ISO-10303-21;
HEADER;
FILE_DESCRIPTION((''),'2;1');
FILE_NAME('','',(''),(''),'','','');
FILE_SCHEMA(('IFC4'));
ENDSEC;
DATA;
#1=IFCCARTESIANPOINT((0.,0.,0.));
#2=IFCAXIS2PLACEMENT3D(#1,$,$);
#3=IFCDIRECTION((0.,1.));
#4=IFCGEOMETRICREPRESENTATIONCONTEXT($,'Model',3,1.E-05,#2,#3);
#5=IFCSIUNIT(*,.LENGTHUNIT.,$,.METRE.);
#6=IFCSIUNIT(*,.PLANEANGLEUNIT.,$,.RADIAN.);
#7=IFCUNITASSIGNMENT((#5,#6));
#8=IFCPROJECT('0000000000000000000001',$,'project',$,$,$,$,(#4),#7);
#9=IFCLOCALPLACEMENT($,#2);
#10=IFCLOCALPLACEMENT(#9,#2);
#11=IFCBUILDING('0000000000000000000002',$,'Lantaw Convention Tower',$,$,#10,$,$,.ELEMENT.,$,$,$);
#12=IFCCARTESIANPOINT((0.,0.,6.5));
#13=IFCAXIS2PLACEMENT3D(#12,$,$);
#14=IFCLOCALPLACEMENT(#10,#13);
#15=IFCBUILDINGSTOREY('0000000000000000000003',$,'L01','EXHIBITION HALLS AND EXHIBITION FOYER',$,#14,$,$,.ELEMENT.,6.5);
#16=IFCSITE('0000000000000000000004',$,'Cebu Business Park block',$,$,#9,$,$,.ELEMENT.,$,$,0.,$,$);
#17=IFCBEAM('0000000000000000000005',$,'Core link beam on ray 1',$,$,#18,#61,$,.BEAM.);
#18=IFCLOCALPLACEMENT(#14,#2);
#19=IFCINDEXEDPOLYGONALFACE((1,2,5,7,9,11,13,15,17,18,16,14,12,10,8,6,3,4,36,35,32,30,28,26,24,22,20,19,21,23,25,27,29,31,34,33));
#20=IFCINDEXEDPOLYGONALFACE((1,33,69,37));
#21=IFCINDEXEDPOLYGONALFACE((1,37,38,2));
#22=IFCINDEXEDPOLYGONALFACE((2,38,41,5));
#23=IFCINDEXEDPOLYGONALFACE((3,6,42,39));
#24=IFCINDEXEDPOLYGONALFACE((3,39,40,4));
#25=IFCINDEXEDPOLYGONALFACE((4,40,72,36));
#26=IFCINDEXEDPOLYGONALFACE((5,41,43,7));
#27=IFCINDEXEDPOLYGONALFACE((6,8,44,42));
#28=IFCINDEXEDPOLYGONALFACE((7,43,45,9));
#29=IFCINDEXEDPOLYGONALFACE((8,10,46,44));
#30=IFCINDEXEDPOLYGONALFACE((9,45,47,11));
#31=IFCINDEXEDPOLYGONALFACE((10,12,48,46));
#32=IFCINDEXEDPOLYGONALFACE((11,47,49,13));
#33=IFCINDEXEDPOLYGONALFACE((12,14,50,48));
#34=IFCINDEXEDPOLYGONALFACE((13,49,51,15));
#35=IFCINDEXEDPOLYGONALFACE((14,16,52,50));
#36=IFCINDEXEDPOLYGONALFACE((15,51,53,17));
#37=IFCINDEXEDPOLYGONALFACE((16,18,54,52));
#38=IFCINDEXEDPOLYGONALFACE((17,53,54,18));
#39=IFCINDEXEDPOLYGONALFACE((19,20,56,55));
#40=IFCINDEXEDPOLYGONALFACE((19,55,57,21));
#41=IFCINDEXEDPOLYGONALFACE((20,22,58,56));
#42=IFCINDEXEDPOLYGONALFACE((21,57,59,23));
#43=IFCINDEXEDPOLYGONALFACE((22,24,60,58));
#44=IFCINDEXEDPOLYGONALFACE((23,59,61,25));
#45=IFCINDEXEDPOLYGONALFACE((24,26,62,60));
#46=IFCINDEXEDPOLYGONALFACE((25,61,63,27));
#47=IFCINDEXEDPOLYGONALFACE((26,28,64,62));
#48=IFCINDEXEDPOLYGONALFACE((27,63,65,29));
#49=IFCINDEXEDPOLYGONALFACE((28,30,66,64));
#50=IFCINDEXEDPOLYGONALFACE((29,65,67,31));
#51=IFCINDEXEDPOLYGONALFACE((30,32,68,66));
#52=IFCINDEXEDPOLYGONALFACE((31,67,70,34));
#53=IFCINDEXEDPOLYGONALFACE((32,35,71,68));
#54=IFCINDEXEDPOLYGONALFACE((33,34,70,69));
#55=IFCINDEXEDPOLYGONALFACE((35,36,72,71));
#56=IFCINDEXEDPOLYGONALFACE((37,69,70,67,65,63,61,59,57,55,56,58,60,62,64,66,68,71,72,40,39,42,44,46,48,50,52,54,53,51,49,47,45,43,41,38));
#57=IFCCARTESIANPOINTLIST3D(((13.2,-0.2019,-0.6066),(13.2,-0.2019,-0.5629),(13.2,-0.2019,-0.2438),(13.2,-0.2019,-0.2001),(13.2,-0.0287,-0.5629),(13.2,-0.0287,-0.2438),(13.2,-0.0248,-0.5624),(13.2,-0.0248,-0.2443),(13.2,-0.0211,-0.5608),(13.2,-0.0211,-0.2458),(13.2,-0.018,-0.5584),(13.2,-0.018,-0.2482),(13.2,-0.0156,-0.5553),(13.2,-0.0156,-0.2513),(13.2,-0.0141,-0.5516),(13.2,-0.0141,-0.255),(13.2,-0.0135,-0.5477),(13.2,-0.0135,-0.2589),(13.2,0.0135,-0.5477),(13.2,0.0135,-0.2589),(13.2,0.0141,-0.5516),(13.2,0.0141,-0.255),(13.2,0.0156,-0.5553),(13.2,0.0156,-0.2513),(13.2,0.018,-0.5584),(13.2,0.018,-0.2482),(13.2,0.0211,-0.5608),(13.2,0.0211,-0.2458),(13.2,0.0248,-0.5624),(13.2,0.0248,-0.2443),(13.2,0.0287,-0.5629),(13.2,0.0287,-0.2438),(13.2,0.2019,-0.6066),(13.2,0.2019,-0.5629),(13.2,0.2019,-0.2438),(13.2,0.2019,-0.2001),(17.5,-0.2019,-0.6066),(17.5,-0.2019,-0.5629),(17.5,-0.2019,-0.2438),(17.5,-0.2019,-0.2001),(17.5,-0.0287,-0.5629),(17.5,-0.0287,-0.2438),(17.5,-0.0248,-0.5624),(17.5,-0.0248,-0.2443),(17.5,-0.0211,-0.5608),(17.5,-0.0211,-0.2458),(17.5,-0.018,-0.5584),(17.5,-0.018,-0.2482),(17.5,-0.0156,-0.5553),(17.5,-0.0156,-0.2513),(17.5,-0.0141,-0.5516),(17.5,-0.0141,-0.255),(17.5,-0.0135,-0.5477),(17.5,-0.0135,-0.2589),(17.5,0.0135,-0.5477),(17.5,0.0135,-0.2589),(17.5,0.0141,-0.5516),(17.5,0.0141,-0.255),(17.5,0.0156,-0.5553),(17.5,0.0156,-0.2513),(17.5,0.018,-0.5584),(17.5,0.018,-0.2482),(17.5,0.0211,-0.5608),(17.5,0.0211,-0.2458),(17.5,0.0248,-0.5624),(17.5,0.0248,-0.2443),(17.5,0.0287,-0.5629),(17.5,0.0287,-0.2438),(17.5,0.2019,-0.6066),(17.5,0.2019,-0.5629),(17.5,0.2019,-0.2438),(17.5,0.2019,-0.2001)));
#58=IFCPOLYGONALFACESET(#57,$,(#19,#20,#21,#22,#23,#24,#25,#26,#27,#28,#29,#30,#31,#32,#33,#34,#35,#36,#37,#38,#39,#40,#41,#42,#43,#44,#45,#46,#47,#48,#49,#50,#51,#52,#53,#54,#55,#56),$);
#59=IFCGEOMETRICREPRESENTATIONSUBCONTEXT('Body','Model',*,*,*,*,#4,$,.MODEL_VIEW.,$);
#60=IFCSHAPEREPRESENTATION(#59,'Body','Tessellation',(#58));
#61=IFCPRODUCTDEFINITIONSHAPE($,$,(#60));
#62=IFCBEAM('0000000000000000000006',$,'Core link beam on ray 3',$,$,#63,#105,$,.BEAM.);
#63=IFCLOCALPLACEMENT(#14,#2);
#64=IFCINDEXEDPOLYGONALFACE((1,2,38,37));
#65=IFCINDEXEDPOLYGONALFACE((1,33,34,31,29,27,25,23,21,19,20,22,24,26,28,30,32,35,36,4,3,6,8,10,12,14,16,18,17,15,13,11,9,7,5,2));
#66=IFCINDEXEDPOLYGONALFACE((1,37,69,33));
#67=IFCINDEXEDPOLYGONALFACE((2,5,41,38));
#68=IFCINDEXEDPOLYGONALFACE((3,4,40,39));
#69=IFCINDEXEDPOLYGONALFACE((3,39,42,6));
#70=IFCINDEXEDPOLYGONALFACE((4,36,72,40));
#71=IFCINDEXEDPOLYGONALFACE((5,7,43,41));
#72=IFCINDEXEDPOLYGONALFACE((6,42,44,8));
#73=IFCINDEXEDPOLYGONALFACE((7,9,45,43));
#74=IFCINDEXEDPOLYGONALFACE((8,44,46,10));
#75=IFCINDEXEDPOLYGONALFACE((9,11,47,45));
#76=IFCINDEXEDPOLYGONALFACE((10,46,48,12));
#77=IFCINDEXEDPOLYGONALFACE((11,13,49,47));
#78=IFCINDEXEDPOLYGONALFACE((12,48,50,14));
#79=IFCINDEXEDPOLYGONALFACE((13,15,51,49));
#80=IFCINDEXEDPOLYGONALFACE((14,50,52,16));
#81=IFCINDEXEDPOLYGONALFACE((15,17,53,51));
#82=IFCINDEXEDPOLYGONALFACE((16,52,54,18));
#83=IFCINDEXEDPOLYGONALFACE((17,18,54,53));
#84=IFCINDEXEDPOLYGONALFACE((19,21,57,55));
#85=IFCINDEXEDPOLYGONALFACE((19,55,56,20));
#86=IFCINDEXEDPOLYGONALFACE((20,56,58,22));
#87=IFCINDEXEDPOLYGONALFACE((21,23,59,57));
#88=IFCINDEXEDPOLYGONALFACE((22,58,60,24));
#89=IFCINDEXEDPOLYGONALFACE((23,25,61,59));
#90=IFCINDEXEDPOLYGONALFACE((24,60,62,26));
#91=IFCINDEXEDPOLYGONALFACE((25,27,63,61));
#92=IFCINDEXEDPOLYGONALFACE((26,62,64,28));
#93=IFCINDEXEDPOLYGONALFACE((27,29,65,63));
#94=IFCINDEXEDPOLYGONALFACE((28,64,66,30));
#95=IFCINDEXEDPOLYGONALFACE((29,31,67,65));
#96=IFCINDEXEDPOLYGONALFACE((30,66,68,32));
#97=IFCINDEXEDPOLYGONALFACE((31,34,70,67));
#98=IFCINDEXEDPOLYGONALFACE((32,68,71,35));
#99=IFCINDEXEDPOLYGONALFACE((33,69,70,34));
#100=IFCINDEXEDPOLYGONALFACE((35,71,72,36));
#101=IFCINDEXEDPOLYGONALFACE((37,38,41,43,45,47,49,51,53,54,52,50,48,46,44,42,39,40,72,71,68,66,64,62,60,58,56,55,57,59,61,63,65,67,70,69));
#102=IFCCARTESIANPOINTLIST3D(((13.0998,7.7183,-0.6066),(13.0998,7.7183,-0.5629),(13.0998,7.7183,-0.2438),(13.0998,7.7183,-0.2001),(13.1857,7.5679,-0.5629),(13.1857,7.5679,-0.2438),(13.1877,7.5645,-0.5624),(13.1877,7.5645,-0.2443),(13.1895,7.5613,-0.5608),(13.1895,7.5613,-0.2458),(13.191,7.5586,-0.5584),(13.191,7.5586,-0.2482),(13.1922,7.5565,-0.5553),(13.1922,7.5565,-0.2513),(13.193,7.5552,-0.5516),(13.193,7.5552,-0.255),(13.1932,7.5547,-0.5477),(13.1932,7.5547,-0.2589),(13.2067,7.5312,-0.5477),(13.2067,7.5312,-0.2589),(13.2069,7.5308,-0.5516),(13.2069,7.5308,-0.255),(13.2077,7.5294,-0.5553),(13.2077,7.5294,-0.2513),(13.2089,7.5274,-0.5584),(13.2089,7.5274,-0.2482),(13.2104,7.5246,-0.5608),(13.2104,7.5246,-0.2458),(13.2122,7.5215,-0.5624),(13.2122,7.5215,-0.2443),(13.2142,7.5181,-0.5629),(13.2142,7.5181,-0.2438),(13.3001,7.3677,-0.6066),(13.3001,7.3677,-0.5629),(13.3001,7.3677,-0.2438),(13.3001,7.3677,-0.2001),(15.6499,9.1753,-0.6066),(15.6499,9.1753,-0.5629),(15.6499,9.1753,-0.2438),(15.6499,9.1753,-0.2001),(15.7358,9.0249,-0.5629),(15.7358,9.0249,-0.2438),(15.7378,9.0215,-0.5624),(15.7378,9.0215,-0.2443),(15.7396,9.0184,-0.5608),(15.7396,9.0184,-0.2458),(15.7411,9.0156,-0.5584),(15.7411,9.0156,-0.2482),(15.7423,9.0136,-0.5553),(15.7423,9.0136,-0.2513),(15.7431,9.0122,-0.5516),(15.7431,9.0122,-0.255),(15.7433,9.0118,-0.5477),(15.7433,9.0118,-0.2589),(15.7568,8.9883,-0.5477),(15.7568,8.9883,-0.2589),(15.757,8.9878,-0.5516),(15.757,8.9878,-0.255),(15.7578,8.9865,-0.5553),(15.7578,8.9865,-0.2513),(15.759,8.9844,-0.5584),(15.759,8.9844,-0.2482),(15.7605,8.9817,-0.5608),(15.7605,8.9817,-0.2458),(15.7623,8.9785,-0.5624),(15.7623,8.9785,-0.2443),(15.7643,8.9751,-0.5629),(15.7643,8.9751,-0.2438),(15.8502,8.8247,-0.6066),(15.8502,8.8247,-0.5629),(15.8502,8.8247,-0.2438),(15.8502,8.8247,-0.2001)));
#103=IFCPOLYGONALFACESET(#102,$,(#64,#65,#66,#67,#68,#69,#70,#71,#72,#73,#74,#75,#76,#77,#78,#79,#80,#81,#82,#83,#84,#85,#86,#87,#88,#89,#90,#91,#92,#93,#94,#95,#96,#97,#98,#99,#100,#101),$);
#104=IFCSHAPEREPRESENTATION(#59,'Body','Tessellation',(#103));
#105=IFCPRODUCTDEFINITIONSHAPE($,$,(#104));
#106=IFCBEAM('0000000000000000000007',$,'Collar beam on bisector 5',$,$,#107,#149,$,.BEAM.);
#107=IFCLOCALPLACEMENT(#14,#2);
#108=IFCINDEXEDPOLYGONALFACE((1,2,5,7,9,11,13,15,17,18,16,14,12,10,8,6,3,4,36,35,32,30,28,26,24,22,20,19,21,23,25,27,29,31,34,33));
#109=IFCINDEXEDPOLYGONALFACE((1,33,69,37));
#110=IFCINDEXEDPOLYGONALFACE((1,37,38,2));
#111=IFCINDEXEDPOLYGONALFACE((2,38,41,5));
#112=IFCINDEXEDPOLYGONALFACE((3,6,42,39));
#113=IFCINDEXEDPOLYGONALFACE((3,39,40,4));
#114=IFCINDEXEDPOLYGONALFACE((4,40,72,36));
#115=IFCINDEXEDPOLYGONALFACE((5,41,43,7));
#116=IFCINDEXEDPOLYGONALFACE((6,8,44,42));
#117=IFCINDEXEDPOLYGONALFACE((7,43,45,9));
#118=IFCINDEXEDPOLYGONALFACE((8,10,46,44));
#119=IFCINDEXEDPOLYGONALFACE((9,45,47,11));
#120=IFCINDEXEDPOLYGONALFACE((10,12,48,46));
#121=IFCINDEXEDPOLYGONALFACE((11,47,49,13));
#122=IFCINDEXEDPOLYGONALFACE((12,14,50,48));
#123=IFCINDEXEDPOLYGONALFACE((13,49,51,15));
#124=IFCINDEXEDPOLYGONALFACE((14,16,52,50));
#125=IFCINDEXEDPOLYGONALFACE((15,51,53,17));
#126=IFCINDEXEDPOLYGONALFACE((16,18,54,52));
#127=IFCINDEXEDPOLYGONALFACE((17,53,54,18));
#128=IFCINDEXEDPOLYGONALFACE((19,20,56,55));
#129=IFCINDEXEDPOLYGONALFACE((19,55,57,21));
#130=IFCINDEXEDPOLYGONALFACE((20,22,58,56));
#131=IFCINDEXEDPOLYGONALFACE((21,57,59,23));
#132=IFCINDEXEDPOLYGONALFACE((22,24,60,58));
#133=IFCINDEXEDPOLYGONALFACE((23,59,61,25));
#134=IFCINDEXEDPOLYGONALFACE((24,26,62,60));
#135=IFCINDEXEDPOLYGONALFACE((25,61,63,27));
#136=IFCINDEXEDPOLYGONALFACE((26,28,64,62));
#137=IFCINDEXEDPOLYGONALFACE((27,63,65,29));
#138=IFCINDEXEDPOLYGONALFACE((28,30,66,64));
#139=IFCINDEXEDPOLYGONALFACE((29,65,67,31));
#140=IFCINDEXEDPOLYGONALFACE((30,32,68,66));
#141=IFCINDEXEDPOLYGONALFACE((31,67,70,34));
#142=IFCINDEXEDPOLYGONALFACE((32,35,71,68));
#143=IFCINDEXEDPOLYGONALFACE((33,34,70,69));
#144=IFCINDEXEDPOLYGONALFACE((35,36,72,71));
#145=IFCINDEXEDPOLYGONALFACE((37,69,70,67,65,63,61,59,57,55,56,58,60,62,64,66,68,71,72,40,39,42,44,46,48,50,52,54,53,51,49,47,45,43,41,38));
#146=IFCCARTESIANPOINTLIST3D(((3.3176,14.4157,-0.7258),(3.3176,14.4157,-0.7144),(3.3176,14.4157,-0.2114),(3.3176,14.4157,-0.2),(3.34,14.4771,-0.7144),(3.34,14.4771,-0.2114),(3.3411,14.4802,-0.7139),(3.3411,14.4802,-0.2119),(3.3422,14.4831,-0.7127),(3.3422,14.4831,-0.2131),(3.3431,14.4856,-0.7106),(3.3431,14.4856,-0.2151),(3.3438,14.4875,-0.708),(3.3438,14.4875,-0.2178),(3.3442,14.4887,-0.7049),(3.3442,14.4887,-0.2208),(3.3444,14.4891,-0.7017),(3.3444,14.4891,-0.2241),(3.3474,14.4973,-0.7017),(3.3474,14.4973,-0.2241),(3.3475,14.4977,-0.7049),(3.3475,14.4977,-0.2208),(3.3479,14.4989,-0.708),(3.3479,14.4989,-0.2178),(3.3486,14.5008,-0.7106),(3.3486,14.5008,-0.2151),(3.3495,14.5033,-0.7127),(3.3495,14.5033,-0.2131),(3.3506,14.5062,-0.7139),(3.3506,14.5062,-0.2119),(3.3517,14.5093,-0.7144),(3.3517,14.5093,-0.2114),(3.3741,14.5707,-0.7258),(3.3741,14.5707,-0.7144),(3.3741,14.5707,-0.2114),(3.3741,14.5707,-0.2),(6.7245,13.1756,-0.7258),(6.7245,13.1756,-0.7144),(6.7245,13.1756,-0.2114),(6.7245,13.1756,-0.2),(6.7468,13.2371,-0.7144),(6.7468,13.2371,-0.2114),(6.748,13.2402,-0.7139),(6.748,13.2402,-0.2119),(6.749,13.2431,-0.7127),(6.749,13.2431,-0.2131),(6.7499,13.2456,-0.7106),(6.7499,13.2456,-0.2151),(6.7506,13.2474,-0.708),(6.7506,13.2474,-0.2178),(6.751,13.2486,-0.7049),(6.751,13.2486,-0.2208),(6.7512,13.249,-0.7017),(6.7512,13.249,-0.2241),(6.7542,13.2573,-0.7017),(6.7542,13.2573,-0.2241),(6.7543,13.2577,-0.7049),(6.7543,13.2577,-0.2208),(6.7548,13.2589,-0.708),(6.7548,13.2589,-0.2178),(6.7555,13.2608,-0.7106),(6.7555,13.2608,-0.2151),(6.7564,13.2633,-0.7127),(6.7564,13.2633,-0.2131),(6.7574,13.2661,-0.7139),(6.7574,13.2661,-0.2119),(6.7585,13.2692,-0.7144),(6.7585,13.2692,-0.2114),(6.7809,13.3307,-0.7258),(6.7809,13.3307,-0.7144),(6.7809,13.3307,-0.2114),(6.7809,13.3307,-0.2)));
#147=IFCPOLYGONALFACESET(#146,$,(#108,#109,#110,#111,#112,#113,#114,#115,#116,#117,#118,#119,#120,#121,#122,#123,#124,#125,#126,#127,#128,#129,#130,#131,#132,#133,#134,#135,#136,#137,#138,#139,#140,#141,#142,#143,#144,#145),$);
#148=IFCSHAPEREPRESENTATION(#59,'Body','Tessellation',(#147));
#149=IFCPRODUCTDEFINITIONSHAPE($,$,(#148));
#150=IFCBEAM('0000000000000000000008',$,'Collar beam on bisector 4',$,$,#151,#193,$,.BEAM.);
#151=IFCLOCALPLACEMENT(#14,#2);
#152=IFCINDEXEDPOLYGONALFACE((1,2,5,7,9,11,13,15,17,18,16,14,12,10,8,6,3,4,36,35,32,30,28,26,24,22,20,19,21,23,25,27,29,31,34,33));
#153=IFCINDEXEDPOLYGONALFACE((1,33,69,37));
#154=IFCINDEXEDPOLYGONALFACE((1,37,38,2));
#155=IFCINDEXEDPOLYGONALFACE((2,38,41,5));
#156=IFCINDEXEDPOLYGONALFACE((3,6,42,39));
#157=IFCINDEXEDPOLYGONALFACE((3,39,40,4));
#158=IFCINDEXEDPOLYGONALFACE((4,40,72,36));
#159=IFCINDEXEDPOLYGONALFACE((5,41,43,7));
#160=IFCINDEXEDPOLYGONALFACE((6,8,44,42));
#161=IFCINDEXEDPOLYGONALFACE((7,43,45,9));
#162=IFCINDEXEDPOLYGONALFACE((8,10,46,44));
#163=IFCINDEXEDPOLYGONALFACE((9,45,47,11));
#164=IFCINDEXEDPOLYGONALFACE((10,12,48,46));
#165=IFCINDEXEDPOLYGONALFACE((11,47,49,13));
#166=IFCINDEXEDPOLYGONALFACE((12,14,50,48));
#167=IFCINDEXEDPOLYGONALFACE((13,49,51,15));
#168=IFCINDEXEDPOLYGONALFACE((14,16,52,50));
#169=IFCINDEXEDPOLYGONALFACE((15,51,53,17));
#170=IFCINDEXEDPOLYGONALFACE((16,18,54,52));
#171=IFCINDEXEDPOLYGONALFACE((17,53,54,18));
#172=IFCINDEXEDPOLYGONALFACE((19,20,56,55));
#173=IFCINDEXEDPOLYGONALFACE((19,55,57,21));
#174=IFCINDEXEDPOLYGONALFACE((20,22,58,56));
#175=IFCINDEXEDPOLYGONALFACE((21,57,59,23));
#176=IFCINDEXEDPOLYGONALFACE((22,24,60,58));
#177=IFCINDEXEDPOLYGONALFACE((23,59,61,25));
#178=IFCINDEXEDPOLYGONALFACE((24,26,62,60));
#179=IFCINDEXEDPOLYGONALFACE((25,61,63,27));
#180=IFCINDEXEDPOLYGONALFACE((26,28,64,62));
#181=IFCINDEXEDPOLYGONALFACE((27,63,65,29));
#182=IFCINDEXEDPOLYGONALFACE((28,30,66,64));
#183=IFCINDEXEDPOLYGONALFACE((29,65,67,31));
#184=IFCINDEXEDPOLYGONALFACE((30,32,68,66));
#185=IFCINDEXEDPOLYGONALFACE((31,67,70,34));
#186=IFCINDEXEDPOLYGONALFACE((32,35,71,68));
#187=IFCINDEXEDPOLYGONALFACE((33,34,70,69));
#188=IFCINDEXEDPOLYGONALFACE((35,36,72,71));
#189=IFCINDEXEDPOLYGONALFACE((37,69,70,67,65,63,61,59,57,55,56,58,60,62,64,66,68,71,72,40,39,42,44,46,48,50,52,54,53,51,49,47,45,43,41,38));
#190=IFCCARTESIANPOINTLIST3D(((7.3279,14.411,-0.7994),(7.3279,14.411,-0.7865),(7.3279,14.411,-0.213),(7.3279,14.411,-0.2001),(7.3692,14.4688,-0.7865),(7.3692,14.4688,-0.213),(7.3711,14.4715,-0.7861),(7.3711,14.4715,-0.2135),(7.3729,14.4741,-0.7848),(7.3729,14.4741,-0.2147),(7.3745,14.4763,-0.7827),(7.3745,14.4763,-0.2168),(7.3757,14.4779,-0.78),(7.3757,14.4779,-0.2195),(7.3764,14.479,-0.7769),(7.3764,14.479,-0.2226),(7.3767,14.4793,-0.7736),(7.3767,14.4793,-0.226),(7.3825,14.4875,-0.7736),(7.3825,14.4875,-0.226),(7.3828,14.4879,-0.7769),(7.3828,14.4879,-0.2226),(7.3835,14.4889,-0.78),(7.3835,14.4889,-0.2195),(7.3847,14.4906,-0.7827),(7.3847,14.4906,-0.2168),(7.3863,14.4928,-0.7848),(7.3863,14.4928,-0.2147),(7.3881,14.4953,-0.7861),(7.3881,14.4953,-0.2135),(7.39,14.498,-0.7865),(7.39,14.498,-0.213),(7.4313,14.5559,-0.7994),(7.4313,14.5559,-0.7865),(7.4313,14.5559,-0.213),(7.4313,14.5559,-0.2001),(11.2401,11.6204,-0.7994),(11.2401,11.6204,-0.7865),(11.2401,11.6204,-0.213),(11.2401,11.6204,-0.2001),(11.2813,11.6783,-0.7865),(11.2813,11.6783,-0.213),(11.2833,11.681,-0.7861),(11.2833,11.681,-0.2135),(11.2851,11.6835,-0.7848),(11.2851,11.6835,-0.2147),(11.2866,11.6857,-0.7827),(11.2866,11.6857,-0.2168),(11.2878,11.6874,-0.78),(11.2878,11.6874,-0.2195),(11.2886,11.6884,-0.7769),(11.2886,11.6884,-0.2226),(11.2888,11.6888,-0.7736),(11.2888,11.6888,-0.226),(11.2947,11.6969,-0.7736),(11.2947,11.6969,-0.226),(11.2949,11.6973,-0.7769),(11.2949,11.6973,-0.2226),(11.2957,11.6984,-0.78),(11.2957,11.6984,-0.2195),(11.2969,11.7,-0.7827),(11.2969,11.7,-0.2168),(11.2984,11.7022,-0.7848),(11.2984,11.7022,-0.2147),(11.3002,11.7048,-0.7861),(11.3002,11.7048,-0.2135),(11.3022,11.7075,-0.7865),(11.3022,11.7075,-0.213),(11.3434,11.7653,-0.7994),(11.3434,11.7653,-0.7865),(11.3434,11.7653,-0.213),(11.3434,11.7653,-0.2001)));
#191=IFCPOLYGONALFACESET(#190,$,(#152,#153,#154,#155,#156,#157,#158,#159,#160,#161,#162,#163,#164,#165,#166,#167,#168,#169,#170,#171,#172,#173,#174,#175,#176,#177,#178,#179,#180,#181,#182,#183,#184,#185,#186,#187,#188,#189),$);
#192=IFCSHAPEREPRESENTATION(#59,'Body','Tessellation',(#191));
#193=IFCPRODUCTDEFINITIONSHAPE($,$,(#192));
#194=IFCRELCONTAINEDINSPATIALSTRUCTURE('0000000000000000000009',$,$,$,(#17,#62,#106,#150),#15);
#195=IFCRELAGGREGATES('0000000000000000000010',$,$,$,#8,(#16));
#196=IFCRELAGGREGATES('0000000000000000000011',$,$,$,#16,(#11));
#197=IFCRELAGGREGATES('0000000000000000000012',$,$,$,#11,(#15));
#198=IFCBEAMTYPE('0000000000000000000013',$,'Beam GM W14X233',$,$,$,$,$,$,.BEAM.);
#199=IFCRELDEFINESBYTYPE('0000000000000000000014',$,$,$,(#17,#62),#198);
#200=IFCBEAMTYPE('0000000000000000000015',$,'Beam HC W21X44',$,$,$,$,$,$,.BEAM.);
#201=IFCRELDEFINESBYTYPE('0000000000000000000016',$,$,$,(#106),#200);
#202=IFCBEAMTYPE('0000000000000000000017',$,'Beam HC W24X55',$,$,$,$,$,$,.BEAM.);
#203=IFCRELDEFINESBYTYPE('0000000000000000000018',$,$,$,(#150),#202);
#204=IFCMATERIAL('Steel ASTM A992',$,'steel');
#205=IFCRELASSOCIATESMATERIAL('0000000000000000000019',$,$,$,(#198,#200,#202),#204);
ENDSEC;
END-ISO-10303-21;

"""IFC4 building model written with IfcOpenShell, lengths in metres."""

from ifc_helpers import new_model, si_unit, direction, frame, origin, origin_2d, place, context, subcontext, project, spatial, i_section, extrude, material, material_profile, profile_set, type_object, element, save


model = new_model("IFC4")

# Units and contexts
model_context = context("Model", 3, precision=1e-05, world=origin(), true_north=direction((0.0, 1.0)))
body_context = subcontext(model_context, "Body", "Model", "MODEL_VIEW")
ifc_project = project(units=[si_unit("LENGTHUNIT", "METRE"), si_unit("PLANEANGLEUNIT", "RADIAN")], contexts=[model_context])

# Site, building, storey
site_placement = place(None, origin())
site = spatial("IfcSite", under=ifc_project, at=site_placement, Name="Cebu Business Park block", CompositionType="ELEMENT", RefElevation=0.0)
building_placement = place(site_placement, origin())
building = spatial("IfcBuilding", under=site, at=building_placement, Name="Lantaw Convention Tower", CompositionType="ELEMENT")
storey_placement = place(building_placement, frame((0.0, 0.0, 6.5)))
storey = spatial("IfcBuildingStorey", under=building, at=storey_placement, Name="L01", Description="EXHIBITION HALLS AND EXHIBITION FOYER", CompositionType="ELEMENT", Elevation=6.5)

# Beams
ifc_material_1 = material(Name="Steel ASTM A992", Category="steel")
ifc_material_profile_1 = material_profile(ifc_material_1, i_section(OverallWidth=0.4038, OverallDepth=0.4065, WebThickness=0.0271, FlangeThickness=0.0437, FilletRadius=0.0151, at=origin_2d()), Name="W14X233")
ifc_profile_set_1 = profile_set([ifc_material_profile_1], Name="Steel ASTM A992")
beam_type_1 = type_object("IfcBeamType", Name="Beam GM W14X233", PredefinedType="BEAM", material=ifc_profile_set_1)
beam_1_placement = place(storey_placement, frame((13.2, 0.0, -0.4033), z_axis=(1.0, 0.0, 0.0), x_axis=(0.0, 1.0, 0.0)))
element("IfcBeam", 1, at=beam_1_placement, inside=storey, type_object=beam_type_1, Name="Core link beam on ray 1", PredefinedType="BEAM", context=body_context, shape_type="SweptSolid", body=[
    extrude(i_section(OverallWidth=0.4038, OverallDepth=0.4065, WebThickness=0.0271, FlangeThickness=0.0437, FilletRadius=0.0151, at=origin_2d()), origin(), (0.0, 0.0, 1.0), 4.3),
])
beam_2_placement = place(storey_placement, frame((13.2, 7.543, -0.4033), z_axis=(0.868264, 0.496103, 0.0), x_axis=(-0.496103, 0.868264, 0.0)))
element("IfcBeam", 2, at=beam_2_placement, inside=storey, type_object=beam_type_1, Name="Core link beam on ray 3", PredefinedType="BEAM", context=body_context, shape_type="SweptSolid", body=[
    extrude(i_section(OverallWidth=0.4038, OverallDepth=0.4065, WebThickness=0.0271, FlangeThickness=0.0437, FilletRadius=0.0151, at=origin_2d()), origin(), (0.0, 0.0, 1.0), 2.937),
])
ifc_material_profile_2 = material_profile(ifc_material_1, i_section(OverallWidth=0.165, OverallDepth=0.5259, WebThickness=0.0088, FlangeThickness=0.0115, FilletRadius=0.0127, at=origin_2d()), Name="W21X44")
ifc_profile_set_2 = profile_set([ifc_material_profile_2], Name="Steel ASTM A992")
beam_type_2 = type_object("IfcBeamType", Name="Beam HC W21X44", PredefinedType="BEAM", material=ifc_profile_set_2)
beam_3_placement = place(storey_placement, frame((6.7527, 13.2532, -0.4629), z_axis=(-0.939689, 0.34203, 0.0), x_axis=(-0.34203, -0.939689, 0.0)))
element("IfcBeam", 3, at=beam_3_placement, inside=storey, type_object=beam_type_2, Name="Collar beam on bisector 5", PredefinedType="BEAM", context=body_context, shape_type="SweptSolid", body=[
    extrude(i_section(OverallWidth=0.165, OverallDepth=0.5259, WebThickness=0.0088, FlangeThickness=0.0115, FilletRadius=0.0127, at=origin_2d()), origin(), (0.0, 0.0, 1.0), 3.6255),
])
ifc_material_profile_3 = material_profile(ifc_material_1, i_section(OverallWidth=0.178, OverallDepth=0.5994, WebThickness=0.01, FlangeThickness=0.0129, FilletRadius=0.0129, at=origin_2d()), Name="W24X55")
ifc_profile_set_3 = profile_set([ifc_material_profile_3], Name="Steel ASTM A992")
beam_type_3 = type_object("IfcBeamType", Name="Beam HC W24X55", PredefinedType="BEAM", material=ifc_profile_set_3)
beam_4_placement = place(storey_placement, frame((11.2917, 11.6929, -0.4998), z_axis=(-0.814111, 0.580709, 0.0), x_axis=(-0.580709, -0.814111, 0.0)))
element("IfcBeam", 4, at=beam_4_placement, inside=storey, type_object=beam_type_3, Name="Collar beam on bisector 4", PredefinedType="BEAM", context=body_context, shape_type="SweptSolid", body=[
    extrude(i_section(OverallWidth=0.178, OverallDepth=0.5994, WebThickness=0.01, FlangeThickness=0.0129, FilletRadius=0.0129, at=origin_2d()), origin(), (0.0, 0.0, 1.0), 4.8054),
])

save(model, "model.ifc")
